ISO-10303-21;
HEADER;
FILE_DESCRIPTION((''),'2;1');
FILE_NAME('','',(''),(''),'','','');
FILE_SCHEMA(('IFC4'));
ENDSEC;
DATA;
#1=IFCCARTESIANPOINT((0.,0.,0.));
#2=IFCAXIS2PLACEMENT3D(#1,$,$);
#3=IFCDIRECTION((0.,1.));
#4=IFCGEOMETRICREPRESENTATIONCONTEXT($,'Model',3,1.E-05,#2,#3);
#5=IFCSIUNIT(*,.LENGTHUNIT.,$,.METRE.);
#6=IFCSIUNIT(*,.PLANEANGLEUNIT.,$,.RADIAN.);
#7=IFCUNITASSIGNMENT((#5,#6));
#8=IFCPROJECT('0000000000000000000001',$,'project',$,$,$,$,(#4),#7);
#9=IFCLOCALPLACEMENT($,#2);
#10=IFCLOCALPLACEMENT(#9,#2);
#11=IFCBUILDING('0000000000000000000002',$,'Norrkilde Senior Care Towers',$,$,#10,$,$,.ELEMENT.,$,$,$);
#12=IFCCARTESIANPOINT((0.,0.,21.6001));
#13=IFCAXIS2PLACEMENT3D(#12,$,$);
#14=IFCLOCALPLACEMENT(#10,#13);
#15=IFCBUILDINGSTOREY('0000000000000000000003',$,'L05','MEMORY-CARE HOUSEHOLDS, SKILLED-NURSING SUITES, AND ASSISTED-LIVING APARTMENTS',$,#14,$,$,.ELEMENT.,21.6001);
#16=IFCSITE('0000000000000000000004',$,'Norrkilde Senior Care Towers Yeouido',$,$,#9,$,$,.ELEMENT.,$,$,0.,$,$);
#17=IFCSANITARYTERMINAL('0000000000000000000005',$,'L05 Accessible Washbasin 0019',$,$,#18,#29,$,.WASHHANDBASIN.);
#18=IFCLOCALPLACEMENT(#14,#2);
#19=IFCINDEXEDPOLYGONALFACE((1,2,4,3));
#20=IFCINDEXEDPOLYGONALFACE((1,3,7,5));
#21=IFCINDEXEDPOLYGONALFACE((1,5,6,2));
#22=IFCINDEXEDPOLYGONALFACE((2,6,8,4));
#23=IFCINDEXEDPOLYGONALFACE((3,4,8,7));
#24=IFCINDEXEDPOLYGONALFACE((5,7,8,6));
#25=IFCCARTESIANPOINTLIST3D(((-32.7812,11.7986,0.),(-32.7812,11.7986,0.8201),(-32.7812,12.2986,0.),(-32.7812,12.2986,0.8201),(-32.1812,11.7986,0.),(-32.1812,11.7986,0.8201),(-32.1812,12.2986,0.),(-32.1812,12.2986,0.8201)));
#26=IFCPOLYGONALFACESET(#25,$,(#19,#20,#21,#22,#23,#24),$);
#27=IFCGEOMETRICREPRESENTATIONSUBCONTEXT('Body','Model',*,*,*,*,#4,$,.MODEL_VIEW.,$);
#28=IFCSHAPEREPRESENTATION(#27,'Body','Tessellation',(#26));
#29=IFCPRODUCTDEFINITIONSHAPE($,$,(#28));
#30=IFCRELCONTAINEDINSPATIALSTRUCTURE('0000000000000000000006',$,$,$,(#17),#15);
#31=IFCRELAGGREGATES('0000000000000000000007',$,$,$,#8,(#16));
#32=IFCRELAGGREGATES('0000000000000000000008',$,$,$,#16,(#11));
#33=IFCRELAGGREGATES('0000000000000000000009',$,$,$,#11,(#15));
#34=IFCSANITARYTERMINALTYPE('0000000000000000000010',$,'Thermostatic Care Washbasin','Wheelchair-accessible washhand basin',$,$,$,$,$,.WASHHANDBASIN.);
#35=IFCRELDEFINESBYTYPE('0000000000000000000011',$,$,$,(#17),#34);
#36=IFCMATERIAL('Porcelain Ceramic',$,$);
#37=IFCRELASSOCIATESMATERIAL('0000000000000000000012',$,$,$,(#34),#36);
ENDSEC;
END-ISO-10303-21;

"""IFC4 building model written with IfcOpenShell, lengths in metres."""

from ifc_helpers import new_model, si_unit, direction, frame, origin, origin_2d, place, context, subcontext, project, spatial, rectangle, extrude, source, transform, mapped, material, type_object, type_shapes, element, save


model = new_model("IFC4")

# Units and contexts
model_context = context("Model", 3, precision=1e-05, world=origin(), true_north=direction((0.0, 1.0)))
body_context = subcontext(model_context, "Body", "Model", "MODEL_VIEW")
ifc_project = project(units=[si_unit("LENGTHUNIT", "METRE"), si_unit("PLANEANGLEUNIT", "RADIAN")], contexts=[model_context])

# Site, building, storey
site_placement = place(None, origin())
site = spatial("IfcSite", under=ifc_project, at=site_placement, Name="Norrkilde Senior Care Towers Yeouido", CompositionType="ELEMENT", RefElevation=0.0)
building_placement = place(site_placement, origin())
building = spatial("IfcBuilding", under=site, at=building_placement, Name="Norrkilde Senior Care Towers", CompositionType="ELEMENT")
storey_placement = place(building_placement, frame((0.0, 0.0, 21.6001)))
storey = spatial("IfcBuildingStorey", under=building, at=storey_placement, Name="L05", Description="MEMORY-CARE HOUSEHOLDS, SKILLED-NURSING SUITES, AND ASSISTED-LIVING APARTMENTS", CompositionType="ELEMENT", Elevation=21.6001)

# Sanitary terminal
ifc_material_1 = material(Name="Porcelain Ceramic")
sanitary_terminal_type_1 = type_object("IfcSanitaryTerminalType", Name="Thermostatic Care Washbasin", Description="Wheelchair-accessible washhand basin", PredefinedType="WASHHANDBASIN", material=ifc_material_1)
shared_shape_1 = source(origin(), body_context, "Body", "SweptSolid", [
    extrude(rectangle(XDim=0.6001, YDim=0.5, at=origin_2d()), origin(), (0.0, 0.0, 1.0), 0.8201),
])
type_shapes(sanitary_terminal_type_1, [shared_shape_1])
sanitary_terminal_1_placement = place(storey_placement, frame((-32.4812, 12.0486, 0.0), z_axis=(0.0, 0.0, 1.0), x_axis=(1.0, 0.0, 0.0)))
element("IfcSanitaryTerminal", 1, at=sanitary_terminal_1_placement, inside=storey, type_object=sanitary_terminal_type_1, Name="L05 Accessible Washbasin 0019", PredefinedType="WASHHANDBASIN", context=body_context, shape_type="MappedRepresentation", body=[
    mapped(shared_shape_1, transform((0.0, 0.0, 0.0), x_axis=(1.0, 0.0, 0.0), y_axis=(0.0, 1.0, 0.0), z_axis=(0.0, 0.0, 1.0), scale=1.0)),
])

save(model, "model.ifc")
